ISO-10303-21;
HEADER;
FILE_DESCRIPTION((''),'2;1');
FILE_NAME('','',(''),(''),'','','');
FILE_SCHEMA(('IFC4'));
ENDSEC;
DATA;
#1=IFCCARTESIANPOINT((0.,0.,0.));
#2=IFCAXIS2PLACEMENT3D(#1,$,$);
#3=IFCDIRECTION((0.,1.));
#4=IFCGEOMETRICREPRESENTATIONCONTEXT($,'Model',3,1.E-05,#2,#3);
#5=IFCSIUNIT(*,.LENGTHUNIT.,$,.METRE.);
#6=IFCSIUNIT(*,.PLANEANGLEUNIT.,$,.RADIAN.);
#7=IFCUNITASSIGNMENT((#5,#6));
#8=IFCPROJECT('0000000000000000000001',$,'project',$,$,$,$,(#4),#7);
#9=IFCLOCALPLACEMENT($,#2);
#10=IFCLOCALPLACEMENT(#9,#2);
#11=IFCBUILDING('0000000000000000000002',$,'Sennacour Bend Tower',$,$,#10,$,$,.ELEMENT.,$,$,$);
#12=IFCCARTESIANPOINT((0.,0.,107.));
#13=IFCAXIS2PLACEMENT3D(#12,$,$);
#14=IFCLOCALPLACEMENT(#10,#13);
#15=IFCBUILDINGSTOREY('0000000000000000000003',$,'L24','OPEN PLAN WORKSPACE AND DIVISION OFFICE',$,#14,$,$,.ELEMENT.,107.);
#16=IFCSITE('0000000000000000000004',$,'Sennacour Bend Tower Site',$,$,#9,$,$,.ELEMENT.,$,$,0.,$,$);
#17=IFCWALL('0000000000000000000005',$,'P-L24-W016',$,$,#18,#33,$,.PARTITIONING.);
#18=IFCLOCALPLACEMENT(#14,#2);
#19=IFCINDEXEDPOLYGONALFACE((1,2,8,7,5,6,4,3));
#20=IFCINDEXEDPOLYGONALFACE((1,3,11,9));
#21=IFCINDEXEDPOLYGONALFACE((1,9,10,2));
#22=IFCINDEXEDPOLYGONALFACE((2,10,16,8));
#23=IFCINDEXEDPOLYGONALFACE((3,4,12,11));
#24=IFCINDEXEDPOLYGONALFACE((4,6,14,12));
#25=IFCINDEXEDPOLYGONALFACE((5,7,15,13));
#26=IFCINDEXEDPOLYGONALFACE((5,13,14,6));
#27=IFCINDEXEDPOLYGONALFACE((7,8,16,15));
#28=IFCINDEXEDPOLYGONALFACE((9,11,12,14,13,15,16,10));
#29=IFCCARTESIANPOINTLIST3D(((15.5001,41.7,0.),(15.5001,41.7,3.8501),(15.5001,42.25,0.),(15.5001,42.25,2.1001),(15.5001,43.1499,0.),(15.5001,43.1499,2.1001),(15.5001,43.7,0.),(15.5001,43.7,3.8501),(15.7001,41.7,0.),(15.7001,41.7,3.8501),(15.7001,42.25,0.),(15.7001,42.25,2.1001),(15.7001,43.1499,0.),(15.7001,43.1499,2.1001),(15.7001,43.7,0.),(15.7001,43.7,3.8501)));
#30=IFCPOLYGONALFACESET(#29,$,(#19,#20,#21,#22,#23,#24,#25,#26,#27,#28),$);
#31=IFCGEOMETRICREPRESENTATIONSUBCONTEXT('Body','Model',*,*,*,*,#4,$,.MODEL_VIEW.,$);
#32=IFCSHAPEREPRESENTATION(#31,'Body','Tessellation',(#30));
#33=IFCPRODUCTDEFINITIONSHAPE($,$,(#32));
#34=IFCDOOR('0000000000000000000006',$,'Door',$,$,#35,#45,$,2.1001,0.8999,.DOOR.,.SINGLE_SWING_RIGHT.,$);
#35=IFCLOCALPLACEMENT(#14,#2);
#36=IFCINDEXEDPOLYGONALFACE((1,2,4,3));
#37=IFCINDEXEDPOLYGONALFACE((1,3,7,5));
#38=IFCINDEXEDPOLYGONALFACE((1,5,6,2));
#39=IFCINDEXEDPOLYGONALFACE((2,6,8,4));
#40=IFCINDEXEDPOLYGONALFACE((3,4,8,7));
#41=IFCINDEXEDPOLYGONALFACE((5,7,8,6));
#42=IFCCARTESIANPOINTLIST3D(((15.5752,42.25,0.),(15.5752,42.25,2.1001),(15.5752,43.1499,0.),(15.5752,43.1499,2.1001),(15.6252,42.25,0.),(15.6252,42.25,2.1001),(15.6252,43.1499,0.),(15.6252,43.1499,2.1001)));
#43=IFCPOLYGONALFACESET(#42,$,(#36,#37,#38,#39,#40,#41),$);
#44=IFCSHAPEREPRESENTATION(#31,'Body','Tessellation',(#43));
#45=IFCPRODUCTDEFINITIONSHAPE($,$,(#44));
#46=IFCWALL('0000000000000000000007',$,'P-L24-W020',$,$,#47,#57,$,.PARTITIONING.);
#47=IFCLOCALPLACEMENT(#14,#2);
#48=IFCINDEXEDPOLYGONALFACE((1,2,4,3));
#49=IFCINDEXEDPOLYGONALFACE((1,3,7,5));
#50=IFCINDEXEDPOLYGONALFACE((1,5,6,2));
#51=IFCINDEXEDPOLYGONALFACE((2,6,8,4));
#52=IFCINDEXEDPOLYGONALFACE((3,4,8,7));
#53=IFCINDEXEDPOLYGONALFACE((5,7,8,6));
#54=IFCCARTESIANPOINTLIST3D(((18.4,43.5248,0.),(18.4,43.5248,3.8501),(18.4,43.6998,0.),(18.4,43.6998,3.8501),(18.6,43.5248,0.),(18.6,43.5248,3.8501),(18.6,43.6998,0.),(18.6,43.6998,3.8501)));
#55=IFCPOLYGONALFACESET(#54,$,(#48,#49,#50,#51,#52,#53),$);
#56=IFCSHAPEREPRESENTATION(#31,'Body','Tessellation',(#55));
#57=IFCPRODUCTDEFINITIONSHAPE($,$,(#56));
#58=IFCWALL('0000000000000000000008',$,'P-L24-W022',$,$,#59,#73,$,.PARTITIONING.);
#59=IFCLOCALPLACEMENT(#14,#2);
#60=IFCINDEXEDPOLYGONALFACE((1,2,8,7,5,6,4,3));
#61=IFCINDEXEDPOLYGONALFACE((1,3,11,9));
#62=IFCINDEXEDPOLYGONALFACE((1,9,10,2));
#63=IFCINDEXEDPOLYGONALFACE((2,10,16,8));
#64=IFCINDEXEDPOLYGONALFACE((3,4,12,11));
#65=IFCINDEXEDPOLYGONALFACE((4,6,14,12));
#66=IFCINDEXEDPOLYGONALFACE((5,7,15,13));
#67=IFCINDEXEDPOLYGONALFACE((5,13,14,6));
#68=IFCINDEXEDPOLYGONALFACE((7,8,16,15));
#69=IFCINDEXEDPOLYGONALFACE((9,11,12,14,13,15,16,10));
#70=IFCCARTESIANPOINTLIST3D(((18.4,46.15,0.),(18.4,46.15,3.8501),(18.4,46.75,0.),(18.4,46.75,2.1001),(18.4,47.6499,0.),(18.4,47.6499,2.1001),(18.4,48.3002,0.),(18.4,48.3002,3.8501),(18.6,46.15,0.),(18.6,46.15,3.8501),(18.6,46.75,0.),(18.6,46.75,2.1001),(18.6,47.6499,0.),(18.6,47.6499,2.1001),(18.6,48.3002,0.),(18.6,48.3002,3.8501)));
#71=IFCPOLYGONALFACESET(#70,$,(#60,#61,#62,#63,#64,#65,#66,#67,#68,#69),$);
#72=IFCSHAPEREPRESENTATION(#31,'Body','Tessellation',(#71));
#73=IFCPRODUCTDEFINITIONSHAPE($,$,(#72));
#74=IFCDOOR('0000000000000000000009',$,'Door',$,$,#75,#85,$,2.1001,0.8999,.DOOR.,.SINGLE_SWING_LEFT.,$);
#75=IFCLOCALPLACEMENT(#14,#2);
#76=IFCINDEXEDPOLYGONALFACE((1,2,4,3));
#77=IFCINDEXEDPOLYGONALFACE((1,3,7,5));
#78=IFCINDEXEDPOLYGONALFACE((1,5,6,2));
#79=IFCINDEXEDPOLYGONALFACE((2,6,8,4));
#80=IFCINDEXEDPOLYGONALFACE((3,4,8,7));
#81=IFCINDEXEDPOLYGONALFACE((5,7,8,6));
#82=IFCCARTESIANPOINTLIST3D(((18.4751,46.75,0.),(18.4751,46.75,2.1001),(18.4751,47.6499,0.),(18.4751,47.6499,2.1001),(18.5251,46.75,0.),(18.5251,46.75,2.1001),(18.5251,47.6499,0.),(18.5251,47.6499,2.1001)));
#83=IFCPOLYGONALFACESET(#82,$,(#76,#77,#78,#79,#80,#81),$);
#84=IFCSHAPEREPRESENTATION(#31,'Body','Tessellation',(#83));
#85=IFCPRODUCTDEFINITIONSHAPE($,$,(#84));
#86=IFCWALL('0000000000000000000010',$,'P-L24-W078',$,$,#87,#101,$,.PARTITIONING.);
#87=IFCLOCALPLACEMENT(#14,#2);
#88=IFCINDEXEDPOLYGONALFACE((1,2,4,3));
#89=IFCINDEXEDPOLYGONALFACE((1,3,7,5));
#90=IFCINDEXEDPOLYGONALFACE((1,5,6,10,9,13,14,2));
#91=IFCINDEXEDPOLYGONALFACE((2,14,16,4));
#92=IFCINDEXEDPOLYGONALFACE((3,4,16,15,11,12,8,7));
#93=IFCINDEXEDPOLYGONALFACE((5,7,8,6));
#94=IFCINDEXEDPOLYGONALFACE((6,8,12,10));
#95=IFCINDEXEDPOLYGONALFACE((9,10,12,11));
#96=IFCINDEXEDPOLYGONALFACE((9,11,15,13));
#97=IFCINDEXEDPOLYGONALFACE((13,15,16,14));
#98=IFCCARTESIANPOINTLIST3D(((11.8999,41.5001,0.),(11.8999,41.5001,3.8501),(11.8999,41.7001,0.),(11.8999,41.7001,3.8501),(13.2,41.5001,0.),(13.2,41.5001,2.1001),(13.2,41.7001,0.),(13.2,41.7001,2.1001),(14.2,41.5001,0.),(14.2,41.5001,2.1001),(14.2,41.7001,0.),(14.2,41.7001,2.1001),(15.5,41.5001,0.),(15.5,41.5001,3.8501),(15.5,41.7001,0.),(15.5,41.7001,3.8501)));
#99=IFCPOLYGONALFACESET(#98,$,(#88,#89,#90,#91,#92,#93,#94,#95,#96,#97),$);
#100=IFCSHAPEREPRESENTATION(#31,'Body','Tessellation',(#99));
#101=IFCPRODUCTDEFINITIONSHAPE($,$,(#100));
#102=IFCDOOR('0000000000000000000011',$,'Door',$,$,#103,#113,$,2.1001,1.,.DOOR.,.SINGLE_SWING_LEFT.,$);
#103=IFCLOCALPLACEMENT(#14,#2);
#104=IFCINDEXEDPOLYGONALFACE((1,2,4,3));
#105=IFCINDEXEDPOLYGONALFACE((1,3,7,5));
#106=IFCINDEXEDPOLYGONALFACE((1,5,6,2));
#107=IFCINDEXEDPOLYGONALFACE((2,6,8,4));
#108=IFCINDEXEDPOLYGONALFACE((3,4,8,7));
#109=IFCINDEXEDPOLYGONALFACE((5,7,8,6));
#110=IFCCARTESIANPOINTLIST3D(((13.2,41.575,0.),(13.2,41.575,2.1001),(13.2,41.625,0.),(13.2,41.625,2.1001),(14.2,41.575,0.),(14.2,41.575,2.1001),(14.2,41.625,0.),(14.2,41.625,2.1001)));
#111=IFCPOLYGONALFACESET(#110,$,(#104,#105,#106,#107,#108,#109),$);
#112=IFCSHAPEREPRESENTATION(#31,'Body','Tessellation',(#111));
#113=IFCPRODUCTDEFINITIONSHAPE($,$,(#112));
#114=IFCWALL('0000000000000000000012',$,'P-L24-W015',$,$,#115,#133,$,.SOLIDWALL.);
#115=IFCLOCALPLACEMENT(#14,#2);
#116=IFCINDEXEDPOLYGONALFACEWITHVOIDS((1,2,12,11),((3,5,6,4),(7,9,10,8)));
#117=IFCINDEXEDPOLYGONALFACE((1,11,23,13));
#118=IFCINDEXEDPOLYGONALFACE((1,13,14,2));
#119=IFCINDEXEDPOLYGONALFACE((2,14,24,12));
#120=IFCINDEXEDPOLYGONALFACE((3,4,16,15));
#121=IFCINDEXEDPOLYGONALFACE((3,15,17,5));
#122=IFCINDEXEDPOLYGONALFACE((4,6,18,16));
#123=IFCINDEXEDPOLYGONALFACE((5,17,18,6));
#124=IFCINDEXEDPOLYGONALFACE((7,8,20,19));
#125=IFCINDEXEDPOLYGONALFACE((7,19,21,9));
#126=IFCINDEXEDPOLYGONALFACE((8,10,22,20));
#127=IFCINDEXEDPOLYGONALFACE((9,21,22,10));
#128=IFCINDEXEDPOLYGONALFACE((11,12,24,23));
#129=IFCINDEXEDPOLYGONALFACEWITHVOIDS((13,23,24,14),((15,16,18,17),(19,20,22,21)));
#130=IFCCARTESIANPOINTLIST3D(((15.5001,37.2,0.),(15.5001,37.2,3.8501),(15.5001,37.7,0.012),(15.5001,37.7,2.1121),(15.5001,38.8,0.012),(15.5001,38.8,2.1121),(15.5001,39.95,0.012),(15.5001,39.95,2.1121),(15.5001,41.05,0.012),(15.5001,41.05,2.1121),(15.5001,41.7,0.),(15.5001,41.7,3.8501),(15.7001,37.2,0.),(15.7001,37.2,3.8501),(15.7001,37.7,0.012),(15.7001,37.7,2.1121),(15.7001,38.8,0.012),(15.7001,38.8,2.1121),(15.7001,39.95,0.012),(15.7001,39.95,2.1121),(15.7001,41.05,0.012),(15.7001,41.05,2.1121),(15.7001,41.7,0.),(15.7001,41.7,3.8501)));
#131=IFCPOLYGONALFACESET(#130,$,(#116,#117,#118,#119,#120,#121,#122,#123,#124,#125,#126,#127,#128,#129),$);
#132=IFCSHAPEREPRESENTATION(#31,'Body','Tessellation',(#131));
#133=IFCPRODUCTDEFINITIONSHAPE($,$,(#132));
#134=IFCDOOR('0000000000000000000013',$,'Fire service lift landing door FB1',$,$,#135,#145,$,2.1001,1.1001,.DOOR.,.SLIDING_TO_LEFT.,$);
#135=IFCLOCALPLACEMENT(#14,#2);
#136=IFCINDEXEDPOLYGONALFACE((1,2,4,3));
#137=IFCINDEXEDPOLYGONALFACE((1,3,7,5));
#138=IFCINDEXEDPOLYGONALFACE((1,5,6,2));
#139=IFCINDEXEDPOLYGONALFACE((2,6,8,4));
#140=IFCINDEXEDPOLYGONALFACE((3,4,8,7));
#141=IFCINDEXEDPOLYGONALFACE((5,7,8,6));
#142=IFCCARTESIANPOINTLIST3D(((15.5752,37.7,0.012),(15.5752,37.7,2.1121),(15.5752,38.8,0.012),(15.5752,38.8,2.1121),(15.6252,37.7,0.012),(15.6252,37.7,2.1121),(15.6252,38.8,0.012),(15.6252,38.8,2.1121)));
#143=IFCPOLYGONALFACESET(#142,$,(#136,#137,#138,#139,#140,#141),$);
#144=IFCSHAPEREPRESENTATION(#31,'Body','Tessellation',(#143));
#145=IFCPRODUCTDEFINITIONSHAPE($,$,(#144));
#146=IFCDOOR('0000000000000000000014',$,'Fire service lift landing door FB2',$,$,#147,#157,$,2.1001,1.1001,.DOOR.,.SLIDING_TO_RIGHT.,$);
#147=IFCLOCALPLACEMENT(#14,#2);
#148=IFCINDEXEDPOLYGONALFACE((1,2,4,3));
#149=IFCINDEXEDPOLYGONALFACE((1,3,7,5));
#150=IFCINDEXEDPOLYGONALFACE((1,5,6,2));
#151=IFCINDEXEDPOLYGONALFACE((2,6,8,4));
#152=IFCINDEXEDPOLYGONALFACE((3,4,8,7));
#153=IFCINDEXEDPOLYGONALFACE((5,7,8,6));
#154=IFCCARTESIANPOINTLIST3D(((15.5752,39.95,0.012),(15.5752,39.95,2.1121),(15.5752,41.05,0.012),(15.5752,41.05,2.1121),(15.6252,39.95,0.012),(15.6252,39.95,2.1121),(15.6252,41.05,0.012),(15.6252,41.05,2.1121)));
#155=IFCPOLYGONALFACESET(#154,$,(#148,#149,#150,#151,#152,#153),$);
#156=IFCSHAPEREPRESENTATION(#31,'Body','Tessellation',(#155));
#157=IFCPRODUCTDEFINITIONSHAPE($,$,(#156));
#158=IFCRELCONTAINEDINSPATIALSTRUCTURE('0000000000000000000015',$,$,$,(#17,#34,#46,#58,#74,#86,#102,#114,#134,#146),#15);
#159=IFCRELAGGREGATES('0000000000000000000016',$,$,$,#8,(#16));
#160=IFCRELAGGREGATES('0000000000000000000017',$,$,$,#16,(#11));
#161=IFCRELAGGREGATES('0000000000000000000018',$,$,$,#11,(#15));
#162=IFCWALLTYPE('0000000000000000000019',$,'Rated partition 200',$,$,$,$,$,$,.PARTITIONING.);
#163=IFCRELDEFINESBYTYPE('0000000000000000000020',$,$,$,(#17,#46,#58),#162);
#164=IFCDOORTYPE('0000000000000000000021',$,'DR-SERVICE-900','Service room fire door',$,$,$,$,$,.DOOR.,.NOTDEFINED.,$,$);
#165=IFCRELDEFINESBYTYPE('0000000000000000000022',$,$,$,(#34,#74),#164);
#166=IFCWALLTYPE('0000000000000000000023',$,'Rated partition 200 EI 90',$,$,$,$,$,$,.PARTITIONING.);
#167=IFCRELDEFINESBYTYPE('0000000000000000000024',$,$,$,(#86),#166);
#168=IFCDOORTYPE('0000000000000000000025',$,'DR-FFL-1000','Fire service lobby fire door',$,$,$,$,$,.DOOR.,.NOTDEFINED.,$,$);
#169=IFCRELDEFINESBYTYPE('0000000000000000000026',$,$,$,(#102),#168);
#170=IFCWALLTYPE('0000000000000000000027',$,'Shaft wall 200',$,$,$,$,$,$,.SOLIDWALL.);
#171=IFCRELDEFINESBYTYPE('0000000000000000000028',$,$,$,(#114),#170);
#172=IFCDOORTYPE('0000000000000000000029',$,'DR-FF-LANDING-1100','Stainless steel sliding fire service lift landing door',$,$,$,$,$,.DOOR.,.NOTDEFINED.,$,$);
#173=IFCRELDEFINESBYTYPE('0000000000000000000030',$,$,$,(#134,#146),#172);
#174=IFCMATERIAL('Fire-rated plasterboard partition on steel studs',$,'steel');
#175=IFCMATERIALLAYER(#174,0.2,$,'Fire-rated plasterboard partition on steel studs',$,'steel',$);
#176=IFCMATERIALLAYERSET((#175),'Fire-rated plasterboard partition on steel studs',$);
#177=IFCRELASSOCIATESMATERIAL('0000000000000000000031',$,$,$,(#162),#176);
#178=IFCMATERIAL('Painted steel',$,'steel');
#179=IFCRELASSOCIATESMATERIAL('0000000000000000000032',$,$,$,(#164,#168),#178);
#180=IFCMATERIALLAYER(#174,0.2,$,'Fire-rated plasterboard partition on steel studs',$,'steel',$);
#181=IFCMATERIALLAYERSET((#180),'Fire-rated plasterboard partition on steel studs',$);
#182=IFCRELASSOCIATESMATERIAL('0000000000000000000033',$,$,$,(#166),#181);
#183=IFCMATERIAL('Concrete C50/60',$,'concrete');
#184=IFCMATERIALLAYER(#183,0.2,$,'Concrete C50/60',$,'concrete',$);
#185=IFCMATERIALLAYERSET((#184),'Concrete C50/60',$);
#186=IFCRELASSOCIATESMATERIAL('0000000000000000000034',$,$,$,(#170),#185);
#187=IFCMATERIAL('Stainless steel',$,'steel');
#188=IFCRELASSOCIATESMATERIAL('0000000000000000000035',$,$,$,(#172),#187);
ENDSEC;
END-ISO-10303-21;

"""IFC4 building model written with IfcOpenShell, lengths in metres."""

from ifc_helpers import new_model, si_unit, direction, frame, frame_2d, origin, place, context, subcontext, project, spatial, rectangle, extrude, material, layer, layer_set, type_object, element, fill, save


model = new_model("IFC4")

# Units and contexts
model_context = context("Model", 3, precision=1e-05, world=origin(), true_north=direction((0.0, 1.0)))
body_context = subcontext(model_context, "Body", "Model", "MODEL_VIEW")
ifc_project = project(units=[si_unit("LENGTHUNIT", "METRE"), si_unit("PLANEANGLEUNIT", "RADIAN")], contexts=[model_context])

# Site, building, storey
site_placement = place(None, origin())
site = spatial("IfcSite", under=ifc_project, at=site_placement, Name="Sennacour Bend Tower Site", CompositionType="ELEMENT", RefElevation=0.0)
building_placement = place(site_placement, origin())
building = spatial("IfcBuilding", under=site, at=building_placement, Name="Sennacour Bend Tower", CompositionType="ELEMENT")
storey_placement = place(building_placement, frame((0.0, 0.0, 107.0)))
storey = spatial("IfcBuildingStorey", under=building, at=storey_placement, Name="L24", Description="OPEN PLAN WORKSPACE AND DIVISION OFFICE", CompositionType="ELEMENT", Elevation=107.0)

# Wall, opening, door
ifc_material_1 = material(Name="Fire-rated plasterboard partition on steel studs", Category="steel")
ifc_layer_1 = layer(ifc_material_1, 0.2, Name="Fire-rated plasterboard partition on steel studs", Category="steel")
ifc_layer_set_1 = layer_set([ifc_layer_1], Name="Fire-rated plasterboard partition on steel studs")
wall_type_1 = type_object("IfcWallType", Name="Rated partition 200", PredefinedType="PARTITIONING", material=ifc_layer_set_1)
wall_1_placement = place(storey_placement, frame((15.6001, 41.7, 0.0), z_axis=(0.0, 0.0, 1.0), x_axis=(0.0, 1.0, 0.0)))
wall_1 = element("IfcWall", 1, at=wall_1_placement, inside=storey, type_object=wall_type_1, Name="P-L24-W016", PredefinedType="PARTITIONING", context=body_context, shape_type="SweptSolid", body=[
    extrude(rectangle(XDim=2.0, YDim=0.2, at=frame_2d((1.0, 0.0))), origin(), (0.0, 0.0, 1.0), 3.8501),
])
opening_1_placement = place(wall_1_placement, frame((0.55, 0.0, 0.0)))
opening_1 = element("IfcOpeningElement", 2, at=opening_1_placement, cuts=wall_1, PredefinedType="OPENING", context=body_context, shape_type="SweptSolid", body=[
    extrude(rectangle(XDim=0.8999, YDim=2.1001, at=frame_2d((0.45, 1.05))), frame((0.0, 0.1099, 0.0), z_axis=(0.0, -1.0, 0.0), x_axis=(1.0, 0.0, 0.0)), (0.0, 0.0, 1.0), 0.22),
])
ifc_material_2 = material(Name="Painted steel", Category="steel")
door_type_1 = type_object("IfcDoorType", Name="DR-SERVICE-900", Description="Service room fire door", OperationType="NOTDEFINED", PredefinedType="DOOR", material=ifc_material_2)
door_1_placement = place(opening_1_placement, origin())
door_1 = element("IfcDoor", 3, at=door_1_placement, inside=storey, type_object=door_type_1, Name="Door", OperationType="SINGLE_SWING_RIGHT", OverallHeight=2.1001, OverallWidth=0.8999, PredefinedType="DOOR", context=body_context, shape_type="SweptSolid", body=[
    extrude(rectangle(XDim=0.8999, YDim=2.1001, at=frame_2d((0.45, 1.05))), frame((0.0, 0.0249, 0.0), z_axis=(0.0, -1.0, 0.0), x_axis=(1.0, 0.0, 0.0)), (0.0, 0.0, 1.0), 0.05),
])
fill(opening_1, door_1)

# Wall
wall_2_placement = place(storey_placement, frame((18.5, 43.5249, 0.0), z_axis=(0.0, 0.0, 1.0), x_axis=(0.0, 1.0, 0.0)))
element("IfcWall", 4, at=wall_2_placement, inside=storey, type_object=wall_type_1, Name="P-L24-W020", PredefinedType="PARTITIONING", context=body_context, shape_type="SweptSolid", body=[
    extrude(rectangle(XDim=0.175, YDim=0.2, at=frame_2d((0.0874, 0.0))), origin(), (0.0, 0.0, 1.0), 3.8501),
])

# Walls, openings, doors
wall_3_placement = place(storey_placement, frame((18.5, 46.1499, 0.0), z_axis=(0.0, 0.0, 1.0), x_axis=(0.0, 1.0, 0.0)))
wall_3 = element("IfcWall", 5, at=wall_3_placement, inside=storey, type_object=wall_type_1, Name="P-L24-W022", PredefinedType="PARTITIONING", context=body_context, shape_type="SweptSolid", body=[
    extrude(rectangle(XDim=2.1501, YDim=0.2, at=frame_2d((1.0752, 0.0))), origin(), (0.0, 0.0, 1.0), 3.8501),
])
opening_2_placement = place(wall_3_placement, frame((0.6001, 0.0, 0.0)))
opening_2 = element("IfcOpeningElement", 6, at=opening_2_placement, cuts=wall_3, PredefinedType="OPENING", context=body_context, shape_type="SweptSolid", body=[
    extrude(rectangle(XDim=0.8999, YDim=2.1001, at=frame_2d((0.45, 1.05))), frame((0.0, 0.1099, 0.0), z_axis=(0.0, -1.0, 0.0), x_axis=(1.0, 0.0, 0.0)), (0.0, 0.0, 1.0), 0.22),
])
door_2_placement = place(opening_2_placement, origin())
door_2 = element("IfcDoor", 7, at=door_2_placement, inside=storey, type_object=door_type_1, Name="Door", OperationType="SINGLE_SWING_LEFT", OverallHeight=2.1001, OverallWidth=0.8999, PredefinedType="DOOR", context=body_context, shape_type="SweptSolid", body=[
    extrude(rectangle(XDim=0.8999, YDim=2.1001, at=frame_2d((0.45, 1.05))), frame((0.0, 0.0249, 0.0), z_axis=(0.0, -1.0, 0.0), x_axis=(1.0, 0.0, 0.0)), (0.0, 0.0, 1.0), 0.05),
])
fill(opening_2, door_2)
ifc_layer_2 = layer(ifc_material_1, 0.2, Name="Fire-rated plasterboard partition on steel studs", Category="steel")
ifc_layer_set_2 = layer_set([ifc_layer_2], Name="Fire-rated plasterboard partition on steel studs")
wall_type_2 = type_object("IfcWallType", Name="Rated partition 200 EI 90", PredefinedType="PARTITIONING", material=ifc_layer_set_2)
wall_4_placement = place(storey_placement, frame((11.8999, 41.6001, 0.0), z_axis=(0.0, 0.0, 1.0), x_axis=(1.0, 0.0, 0.0)))
wall_4 = element("IfcWall", 8, at=wall_4_placement, inside=storey, type_object=wall_type_2, Name="P-L24-W078", PredefinedType="PARTITIONING", context=body_context, shape_type="SweptSolid", body=[
    extrude(rectangle(XDim=3.6001, YDim=0.2, at=frame_2d((1.8, 0.0))), origin(), (0.0, 0.0, 1.0), 3.8501),
])
opening_3_placement = place(wall_4_placement, frame((1.3, 0.0, 0.0)))
opening_3 = element("IfcOpeningElement", 9, at=opening_3_placement, cuts=wall_4, PredefinedType="OPENING", context=body_context, shape_type="SweptSolid", body=[
    extrude(rectangle(XDim=1.0, YDim=2.1001, at=frame_2d((0.5, 1.05))), frame((0.0, 0.1099, 0.0), z_axis=(0.0, -1.0, 0.0), x_axis=(1.0, 0.0, 0.0)), (0.0, 0.0, 1.0), 0.22),
])
door_type_2 = type_object("IfcDoorType", Name="DR-FFL-1000", Description="Fire service lobby fire door", OperationType="NOTDEFINED", PredefinedType="DOOR", material=ifc_material_2)
door_3_placement = place(opening_3_placement, origin())
door_3 = element("IfcDoor", 10, at=door_3_placement, inside=storey, type_object=door_type_2, Name="Door", OperationType="SINGLE_SWING_LEFT", OverallHeight=2.1001, OverallWidth=1.0, PredefinedType="DOOR", context=body_context, shape_type="SweptSolid", body=[
    extrude(rectangle(XDim=1.0, YDim=2.1001, at=frame_2d((0.5, 1.05))), frame((0.0, 0.0249, 0.0), z_axis=(0.0, -1.0, 0.0), x_axis=(1.0, 0.0, 0.0)), (0.0, 0.0, 1.0), 0.05),
])
fill(opening_3, door_3)

# Wall, openings, doors
ifc_material_3 = material(Name="Concrete C50/60", Category="concrete")
ifc_layer_3 = layer(ifc_material_3, 0.2, Name="Concrete C50/60", Category="concrete")
ifc_layer_set_3 = layer_set([ifc_layer_3], Name="Concrete C50/60")
wall_type_3 = type_object("IfcWallType", Name="Shaft wall 200", PredefinedType="SOLIDWALL", material=ifc_layer_set_3)
wall_5_placement = place(storey_placement, frame((15.6001, 37.2, 0.0), z_axis=(0.0, 0.0, 1.0), x_axis=(0.0, 1.0, 0.0)))
wall_5 = element("IfcWall", 11, at=wall_5_placement, inside=storey, type_object=wall_type_3, Name="P-L24-W015", PredefinedType="SOLIDWALL", context=body_context, shape_type="SweptSolid", body=[
    extrude(rectangle(XDim=4.5, YDim=0.2, at=frame_2d((2.25, 0.0))), origin(), (0.0, 0.0, 1.0), 3.8501),
])
opening_4_placement = place(wall_5_placement, frame((0.5, 0.0, 0.012)))
opening_4 = element("IfcOpeningElement", 12, at=opening_4_placement, cuts=wall_5, PredefinedType="OPENING", context=body_context, shape_type="SweptSolid", body=[
    extrude(rectangle(XDim=1.1001, YDim=2.1001, at=frame_2d((0.55, 1.05))), frame((0.0, 0.1099, 0.0), z_axis=(0.0, -1.0, 0.0), x_axis=(1.0, 0.0, 0.0)), (0.0, 0.0, 1.0), 0.22),
])
opening_5_placement = place(wall_5_placement, frame((2.75, 0.0, 0.012)))
opening_5 = element("IfcOpeningElement", 13, at=opening_5_placement, cuts=wall_5, PredefinedType="OPENING", context=body_context, shape_type="SweptSolid", body=[
    extrude(rectangle(XDim=1.1001, YDim=2.1001, at=frame_2d((0.55, 1.05))), frame((0.0, 0.1099, 0.0), z_axis=(0.0, -1.0, 0.0), x_axis=(1.0, 0.0, 0.0)), (0.0, 0.0, 1.0), 0.22),
])
ifc_material_4 = material(Name="Stainless steel", Category="steel")
door_type_3 = type_object("IfcDoorType", Name="DR-FF-LANDING-1100", Description="Stainless steel sliding fire service lift landing door", OperationType="NOTDEFINED", PredefinedType="DOOR", material=ifc_material_4)
door_4_placement = place(opening_4_placement, origin())
door_4 = element("IfcDoor", 14, at=door_4_placement, inside=storey, type_object=door_type_3, Name="Fire service lift landing door FB1", OperationType="SLIDING_TO_LEFT", OverallHeight=2.1001, OverallWidth=1.1001, PredefinedType="DOOR", context=body_context, shape_type="SweptSolid", body=[
    extrude(rectangle(XDim=1.1001, YDim=2.1001, at=frame_2d((0.55, 1.05))), frame((0.0, 0.0249, 0.0), z_axis=(0.0, -1.0, 0.0), x_axis=(1.0, 0.0, 0.0)), (0.0, 0.0, 1.0), 0.05),
])
fill(opening_4, door_4)
door_5_placement = place(opening_5_placement, origin())
door_5 = element("IfcDoor", 15, at=door_5_placement, inside=storey, type_object=door_type_3, Name="Fire service lift landing door FB2", OperationType="SLIDING_TO_RIGHT", OverallHeight=2.1001, OverallWidth=1.1001, PredefinedType="DOOR", context=body_context, shape_type="SweptSolid", body=[
    extrude(rectangle(XDim=1.1001, YDim=2.1001, at=frame_2d((0.55, 1.05))), frame((0.0, 0.0249, 0.0), z_axis=(0.0, -1.0, 0.0), x_axis=(1.0, 0.0, 0.0)), (0.0, 0.0, 1.0), 0.05),
])
fill(opening_5, door_5)

save(model, "model.ifc")
